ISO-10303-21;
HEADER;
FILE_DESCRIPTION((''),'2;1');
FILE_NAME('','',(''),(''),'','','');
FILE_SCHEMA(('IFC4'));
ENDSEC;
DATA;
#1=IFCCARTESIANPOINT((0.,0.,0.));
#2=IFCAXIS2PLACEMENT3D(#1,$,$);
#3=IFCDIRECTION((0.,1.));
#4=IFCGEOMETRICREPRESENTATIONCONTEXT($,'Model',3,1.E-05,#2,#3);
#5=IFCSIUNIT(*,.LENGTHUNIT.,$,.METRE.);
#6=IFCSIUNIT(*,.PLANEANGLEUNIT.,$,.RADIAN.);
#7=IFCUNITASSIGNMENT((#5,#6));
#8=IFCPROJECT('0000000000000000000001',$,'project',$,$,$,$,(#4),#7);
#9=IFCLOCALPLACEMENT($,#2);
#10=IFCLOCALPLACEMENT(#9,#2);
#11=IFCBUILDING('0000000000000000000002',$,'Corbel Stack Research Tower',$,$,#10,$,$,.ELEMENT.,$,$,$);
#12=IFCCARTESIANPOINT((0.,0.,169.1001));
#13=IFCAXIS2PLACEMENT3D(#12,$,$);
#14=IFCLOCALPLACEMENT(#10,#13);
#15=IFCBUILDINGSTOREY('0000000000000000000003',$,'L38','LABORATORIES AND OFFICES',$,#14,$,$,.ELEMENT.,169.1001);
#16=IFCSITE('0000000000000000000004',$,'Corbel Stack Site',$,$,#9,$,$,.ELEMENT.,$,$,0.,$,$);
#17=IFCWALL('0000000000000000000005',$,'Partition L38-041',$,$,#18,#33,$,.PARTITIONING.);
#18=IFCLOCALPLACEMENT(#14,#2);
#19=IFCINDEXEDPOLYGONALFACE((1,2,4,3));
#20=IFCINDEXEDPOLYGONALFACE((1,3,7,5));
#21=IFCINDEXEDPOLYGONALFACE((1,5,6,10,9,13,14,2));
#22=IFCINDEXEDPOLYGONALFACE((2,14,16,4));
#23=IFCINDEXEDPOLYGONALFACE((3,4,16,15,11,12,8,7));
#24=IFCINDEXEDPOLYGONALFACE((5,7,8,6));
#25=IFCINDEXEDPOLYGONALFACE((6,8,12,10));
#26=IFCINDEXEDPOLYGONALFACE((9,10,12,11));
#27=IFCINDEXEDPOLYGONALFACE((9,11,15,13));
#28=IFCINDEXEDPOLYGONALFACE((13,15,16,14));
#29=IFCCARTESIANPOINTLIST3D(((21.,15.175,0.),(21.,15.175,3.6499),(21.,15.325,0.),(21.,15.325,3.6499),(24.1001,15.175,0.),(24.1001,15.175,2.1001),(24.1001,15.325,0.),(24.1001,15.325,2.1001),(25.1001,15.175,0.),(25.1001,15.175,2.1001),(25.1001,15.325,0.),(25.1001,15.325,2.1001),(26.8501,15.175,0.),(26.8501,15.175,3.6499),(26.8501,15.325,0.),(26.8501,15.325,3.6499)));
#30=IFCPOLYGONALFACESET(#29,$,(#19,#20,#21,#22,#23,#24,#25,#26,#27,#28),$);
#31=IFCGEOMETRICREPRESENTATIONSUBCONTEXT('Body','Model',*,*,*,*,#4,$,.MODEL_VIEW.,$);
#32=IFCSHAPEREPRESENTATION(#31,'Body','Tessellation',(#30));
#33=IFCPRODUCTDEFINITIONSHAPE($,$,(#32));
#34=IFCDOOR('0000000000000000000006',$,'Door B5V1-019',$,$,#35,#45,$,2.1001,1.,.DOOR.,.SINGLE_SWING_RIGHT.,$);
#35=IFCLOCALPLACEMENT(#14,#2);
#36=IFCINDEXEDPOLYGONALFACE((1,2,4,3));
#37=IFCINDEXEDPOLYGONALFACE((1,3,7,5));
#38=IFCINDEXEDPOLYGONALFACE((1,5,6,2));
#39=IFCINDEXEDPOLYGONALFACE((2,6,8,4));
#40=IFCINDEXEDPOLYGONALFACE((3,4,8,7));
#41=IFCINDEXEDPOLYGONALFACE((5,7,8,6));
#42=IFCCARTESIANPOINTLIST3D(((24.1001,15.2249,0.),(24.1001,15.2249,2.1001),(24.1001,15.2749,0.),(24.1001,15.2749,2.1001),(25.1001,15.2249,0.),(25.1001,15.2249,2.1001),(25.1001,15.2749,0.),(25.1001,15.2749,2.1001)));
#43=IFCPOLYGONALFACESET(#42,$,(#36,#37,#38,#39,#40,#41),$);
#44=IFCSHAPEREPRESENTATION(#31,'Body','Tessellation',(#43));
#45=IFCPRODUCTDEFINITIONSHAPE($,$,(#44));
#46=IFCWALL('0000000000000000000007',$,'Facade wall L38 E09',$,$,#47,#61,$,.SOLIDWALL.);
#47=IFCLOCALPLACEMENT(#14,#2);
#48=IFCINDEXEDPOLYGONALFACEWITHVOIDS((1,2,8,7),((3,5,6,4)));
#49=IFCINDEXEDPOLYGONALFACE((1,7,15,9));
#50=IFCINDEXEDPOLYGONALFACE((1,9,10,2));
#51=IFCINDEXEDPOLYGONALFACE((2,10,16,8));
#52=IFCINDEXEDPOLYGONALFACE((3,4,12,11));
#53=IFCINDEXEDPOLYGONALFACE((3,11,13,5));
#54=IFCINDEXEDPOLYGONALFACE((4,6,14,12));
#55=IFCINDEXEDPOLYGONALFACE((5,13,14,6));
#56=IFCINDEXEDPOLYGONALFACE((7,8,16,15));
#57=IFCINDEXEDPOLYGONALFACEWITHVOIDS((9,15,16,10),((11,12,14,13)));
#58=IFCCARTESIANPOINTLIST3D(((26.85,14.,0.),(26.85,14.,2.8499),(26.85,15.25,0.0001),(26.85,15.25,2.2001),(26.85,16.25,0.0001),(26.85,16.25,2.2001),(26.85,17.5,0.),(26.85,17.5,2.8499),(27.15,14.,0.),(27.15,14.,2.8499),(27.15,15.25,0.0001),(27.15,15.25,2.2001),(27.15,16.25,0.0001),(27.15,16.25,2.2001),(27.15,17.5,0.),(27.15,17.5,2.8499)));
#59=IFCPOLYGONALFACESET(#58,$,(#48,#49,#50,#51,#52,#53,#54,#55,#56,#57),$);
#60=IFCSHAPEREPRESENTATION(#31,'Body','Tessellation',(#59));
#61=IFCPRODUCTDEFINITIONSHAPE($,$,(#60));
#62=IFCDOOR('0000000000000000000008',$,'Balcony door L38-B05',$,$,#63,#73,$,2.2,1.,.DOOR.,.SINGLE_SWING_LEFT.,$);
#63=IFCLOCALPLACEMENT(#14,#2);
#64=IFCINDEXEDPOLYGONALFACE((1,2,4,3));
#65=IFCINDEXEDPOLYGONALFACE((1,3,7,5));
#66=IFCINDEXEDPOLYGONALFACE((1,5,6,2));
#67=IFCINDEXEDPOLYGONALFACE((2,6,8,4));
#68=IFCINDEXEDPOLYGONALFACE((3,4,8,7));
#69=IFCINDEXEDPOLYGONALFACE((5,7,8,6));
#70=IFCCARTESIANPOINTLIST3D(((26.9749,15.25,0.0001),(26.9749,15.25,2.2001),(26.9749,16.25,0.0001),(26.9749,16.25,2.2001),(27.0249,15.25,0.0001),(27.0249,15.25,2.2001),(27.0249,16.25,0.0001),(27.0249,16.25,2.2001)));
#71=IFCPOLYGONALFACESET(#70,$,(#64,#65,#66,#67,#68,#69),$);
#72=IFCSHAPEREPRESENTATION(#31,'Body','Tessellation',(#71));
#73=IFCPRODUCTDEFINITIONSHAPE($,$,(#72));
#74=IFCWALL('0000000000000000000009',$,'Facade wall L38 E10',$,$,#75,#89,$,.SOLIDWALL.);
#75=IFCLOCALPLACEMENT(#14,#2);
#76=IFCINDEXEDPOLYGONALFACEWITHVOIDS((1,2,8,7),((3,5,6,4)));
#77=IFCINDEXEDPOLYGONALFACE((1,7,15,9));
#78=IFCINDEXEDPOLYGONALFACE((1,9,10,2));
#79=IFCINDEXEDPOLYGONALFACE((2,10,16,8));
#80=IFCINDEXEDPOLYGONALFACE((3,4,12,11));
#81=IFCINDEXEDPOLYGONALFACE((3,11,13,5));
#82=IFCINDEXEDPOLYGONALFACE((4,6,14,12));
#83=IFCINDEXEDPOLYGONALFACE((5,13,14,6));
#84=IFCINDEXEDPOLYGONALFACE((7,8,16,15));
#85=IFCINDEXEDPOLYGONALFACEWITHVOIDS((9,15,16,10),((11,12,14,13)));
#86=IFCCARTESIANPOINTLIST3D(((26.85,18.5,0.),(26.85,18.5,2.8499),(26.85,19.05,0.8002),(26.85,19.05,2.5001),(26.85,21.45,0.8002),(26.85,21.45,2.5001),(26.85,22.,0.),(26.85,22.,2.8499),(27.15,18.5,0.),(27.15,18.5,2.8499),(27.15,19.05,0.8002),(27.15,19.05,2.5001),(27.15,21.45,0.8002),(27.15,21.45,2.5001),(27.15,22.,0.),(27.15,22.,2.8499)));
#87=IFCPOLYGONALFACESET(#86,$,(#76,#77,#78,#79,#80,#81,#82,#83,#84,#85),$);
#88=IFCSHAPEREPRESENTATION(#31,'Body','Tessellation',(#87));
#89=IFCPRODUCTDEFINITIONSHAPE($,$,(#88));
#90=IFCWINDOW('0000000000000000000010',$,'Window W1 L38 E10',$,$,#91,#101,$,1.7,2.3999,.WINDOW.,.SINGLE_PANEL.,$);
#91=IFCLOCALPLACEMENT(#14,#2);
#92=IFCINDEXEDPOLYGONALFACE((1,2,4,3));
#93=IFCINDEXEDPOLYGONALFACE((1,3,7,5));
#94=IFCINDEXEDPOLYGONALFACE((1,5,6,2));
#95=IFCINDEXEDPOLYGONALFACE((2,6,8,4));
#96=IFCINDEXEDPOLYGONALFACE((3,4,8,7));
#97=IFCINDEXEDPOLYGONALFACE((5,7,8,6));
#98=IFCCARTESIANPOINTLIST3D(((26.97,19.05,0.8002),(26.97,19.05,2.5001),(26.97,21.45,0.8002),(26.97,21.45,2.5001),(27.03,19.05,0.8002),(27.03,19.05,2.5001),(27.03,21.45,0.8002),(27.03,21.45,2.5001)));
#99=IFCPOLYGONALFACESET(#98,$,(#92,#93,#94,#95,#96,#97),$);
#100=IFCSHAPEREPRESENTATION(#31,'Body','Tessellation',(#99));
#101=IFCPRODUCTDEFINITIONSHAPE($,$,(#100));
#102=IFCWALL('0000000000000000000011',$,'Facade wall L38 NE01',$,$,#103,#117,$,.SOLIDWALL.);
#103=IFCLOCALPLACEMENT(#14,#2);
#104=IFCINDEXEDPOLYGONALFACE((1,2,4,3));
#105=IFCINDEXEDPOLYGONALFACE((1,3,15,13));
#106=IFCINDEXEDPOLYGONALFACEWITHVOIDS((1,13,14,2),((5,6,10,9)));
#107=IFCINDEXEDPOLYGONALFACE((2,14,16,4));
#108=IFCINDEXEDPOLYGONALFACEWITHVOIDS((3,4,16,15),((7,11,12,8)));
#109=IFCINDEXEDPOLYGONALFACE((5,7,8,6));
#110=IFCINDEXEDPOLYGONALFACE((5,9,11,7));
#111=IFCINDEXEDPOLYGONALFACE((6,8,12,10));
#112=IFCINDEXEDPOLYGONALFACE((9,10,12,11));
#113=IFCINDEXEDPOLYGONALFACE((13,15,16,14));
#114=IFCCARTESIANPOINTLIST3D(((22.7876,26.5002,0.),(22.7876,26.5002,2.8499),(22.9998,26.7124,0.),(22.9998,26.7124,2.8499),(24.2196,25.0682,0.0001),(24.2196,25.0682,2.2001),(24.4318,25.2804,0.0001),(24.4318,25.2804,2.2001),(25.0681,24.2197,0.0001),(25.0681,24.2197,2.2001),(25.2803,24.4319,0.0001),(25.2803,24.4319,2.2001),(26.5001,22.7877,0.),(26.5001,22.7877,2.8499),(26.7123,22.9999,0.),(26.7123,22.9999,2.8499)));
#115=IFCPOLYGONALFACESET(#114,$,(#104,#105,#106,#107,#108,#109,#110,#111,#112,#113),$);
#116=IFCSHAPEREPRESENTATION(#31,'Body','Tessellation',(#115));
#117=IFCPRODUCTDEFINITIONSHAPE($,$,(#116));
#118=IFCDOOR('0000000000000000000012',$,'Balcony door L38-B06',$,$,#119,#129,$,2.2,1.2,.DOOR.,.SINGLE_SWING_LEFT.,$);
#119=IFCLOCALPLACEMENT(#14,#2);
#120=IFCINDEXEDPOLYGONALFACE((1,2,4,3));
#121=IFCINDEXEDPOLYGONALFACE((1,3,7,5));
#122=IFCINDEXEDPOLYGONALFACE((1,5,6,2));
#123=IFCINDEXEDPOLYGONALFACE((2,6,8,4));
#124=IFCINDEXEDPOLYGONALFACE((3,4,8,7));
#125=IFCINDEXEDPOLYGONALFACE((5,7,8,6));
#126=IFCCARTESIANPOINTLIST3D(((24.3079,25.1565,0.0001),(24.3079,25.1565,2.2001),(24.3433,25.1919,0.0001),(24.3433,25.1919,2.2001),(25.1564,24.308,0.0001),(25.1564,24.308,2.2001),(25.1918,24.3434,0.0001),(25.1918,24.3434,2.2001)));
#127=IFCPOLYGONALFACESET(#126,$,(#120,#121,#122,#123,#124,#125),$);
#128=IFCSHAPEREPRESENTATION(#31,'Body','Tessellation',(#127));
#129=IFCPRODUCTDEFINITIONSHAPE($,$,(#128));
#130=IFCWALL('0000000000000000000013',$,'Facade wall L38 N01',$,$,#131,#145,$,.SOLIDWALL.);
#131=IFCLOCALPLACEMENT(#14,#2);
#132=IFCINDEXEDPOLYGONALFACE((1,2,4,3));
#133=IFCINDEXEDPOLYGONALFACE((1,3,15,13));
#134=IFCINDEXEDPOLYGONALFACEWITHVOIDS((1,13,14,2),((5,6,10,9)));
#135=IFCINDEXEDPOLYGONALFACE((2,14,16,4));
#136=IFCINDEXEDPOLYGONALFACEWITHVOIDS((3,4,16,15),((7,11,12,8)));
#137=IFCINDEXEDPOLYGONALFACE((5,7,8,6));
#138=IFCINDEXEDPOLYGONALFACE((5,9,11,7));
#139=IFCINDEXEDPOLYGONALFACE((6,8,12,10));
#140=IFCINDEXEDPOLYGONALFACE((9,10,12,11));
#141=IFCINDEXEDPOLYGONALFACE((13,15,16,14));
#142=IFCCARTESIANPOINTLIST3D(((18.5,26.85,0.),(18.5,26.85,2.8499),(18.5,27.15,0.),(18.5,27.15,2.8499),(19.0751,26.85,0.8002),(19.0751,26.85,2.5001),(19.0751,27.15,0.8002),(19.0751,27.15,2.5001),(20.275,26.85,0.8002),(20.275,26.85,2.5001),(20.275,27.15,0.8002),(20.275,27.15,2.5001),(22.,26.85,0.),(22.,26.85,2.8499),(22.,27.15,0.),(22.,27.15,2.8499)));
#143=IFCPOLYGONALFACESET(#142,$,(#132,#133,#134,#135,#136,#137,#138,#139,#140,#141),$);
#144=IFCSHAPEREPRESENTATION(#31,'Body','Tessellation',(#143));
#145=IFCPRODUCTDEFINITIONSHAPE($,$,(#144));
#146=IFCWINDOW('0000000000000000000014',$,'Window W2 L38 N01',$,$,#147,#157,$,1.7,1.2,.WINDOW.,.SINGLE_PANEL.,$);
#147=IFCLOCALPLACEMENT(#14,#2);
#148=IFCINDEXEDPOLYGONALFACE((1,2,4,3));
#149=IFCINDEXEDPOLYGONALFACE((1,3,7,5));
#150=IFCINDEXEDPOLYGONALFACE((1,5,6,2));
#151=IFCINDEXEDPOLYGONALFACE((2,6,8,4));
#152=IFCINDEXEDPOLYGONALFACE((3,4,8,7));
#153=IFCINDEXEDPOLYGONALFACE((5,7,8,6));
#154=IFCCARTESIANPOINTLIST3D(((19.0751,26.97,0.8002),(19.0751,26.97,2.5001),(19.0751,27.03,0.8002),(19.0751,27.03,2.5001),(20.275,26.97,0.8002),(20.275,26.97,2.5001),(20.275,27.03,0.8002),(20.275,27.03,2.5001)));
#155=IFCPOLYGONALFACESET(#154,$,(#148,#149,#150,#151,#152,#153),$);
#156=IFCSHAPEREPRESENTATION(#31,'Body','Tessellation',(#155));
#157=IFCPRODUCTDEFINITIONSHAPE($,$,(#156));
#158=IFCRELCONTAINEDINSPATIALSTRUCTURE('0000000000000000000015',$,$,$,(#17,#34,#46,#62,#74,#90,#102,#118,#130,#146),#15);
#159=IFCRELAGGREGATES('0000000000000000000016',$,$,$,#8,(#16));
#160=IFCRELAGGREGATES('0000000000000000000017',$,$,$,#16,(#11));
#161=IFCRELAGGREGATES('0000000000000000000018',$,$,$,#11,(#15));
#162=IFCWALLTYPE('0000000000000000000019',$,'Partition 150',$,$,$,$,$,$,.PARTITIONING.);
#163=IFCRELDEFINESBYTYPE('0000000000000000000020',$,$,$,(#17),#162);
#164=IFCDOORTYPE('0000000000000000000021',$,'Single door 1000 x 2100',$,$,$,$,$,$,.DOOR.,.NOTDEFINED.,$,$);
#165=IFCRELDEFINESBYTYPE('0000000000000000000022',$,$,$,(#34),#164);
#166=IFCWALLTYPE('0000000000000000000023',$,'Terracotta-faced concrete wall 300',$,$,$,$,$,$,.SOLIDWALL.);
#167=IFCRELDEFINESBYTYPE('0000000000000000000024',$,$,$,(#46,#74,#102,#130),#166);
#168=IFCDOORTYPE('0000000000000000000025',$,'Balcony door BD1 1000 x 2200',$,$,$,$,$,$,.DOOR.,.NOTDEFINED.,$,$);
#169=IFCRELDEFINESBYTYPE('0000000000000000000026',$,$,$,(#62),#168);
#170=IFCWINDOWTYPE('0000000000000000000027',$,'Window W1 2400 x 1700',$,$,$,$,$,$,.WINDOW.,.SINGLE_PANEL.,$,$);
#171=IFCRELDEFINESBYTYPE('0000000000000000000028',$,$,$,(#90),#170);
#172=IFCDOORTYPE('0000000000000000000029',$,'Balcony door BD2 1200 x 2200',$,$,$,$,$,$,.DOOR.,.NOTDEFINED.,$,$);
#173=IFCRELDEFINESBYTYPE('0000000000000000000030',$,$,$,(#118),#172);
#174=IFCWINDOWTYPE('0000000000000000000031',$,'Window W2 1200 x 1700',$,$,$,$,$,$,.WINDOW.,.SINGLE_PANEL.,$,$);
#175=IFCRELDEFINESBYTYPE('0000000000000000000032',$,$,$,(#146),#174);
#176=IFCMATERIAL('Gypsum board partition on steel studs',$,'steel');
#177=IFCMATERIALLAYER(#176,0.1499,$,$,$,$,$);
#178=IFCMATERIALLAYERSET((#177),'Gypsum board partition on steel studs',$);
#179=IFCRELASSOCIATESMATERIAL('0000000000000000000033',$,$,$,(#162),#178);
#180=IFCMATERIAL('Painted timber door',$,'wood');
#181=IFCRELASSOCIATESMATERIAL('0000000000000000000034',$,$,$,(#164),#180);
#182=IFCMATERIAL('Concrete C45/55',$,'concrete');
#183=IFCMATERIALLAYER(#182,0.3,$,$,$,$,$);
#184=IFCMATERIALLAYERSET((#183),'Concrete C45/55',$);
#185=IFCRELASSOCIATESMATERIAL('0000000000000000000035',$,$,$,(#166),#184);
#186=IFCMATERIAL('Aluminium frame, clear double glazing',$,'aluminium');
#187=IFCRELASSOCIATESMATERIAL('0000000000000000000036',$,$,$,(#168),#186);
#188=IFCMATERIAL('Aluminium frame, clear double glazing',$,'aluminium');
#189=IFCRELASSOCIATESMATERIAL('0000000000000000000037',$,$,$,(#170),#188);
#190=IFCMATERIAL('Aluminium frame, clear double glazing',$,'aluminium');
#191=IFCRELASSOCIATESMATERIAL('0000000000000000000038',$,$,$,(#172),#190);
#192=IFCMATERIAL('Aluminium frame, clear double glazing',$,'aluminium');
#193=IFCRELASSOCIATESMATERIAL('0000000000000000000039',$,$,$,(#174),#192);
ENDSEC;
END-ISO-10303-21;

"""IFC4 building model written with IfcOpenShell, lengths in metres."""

from ifc_helpers import new_model, si_unit, direction, frame, frame_2d, origin, place, context, subcontext, project, spatial, rectangle, extrude, material, layer, layer_set, type_object, element, fill, save


model = new_model("IFC4")

# Units and contexts
model_context = context("Model", 3, precision=1e-05, world=origin(), true_north=direction((0.0, 1.0)))
body_context = subcontext(model_context, "Body", "Model", "MODEL_VIEW")
ifc_project = project(units=[si_unit("LENGTHUNIT", "METRE"), si_unit("PLANEANGLEUNIT", "RADIAN")], contexts=[model_context])

# Site, building, storey
site_placement = place(None, origin())
site = spatial("IfcSite", under=ifc_project, at=site_placement, Name="Corbel Stack Site", CompositionType="ELEMENT", RefElevation=0.0)
building_placement = place(site_placement, origin())
building = spatial("IfcBuilding", under=site, at=building_placement, Name="Corbel Stack Research Tower", CompositionType="ELEMENT")
storey_placement = place(building_placement, frame((0.0, 0.0, 169.1001)))
storey = spatial("IfcBuildingStorey", under=building, at=storey_placement, Name="L38", Description="LABORATORIES AND OFFICES", CompositionType="ELEMENT", Elevation=169.1001)

# Walls, openings, doors
ifc_material_1 = material(Name="Gypsum board partition on steel studs", Category="steel")
ifc_layer_1 = layer(ifc_material_1, 0.1499)
ifc_layer_set_1 = layer_set([ifc_layer_1], Name="Gypsum board partition on steel studs")
wall_type_1 = type_object("IfcWallType", Name="Partition 150", PredefinedType="PARTITIONING", material=ifc_layer_set_1)
wall_1_placement = place(storey_placement, frame((21.0, 15.25, 0.0), z_axis=(0.0, 0.0, 1.0), x_axis=(1.0, 0.0, 0.0)))
wall_1 = element("IfcWall", 1, at=wall_1_placement, inside=storey, type_object=wall_type_1, Name="Partition L38-041", PredefinedType="PARTITIONING", context=body_context, shape_type="SweptSolid", body=[
    extrude(rectangle(XDim=5.8501, YDim=0.1499, at=frame_2d((2.925, 0.0))), origin(), (0.0, 0.0, 1.0), 3.6499),
])
opening_1_placement = place(wall_1_placement, frame((3.1001, 0.0, 0.0)))
opening_1 = element("IfcOpeningElement", 2, at=opening_1_placement, cuts=wall_1, PredefinedType="OPENING", context=body_context, shape_type="SweptSolid", body=[
    extrude(rectangle(XDim=1.0, YDim=2.1001, at=frame_2d((0.5, 1.05))), frame((0.0, 0.085, 0.0), z_axis=(0.0, -1.0, 0.0), x_axis=(1.0, 0.0, 0.0)), (0.0, 0.0, 1.0), 0.1699),
])
ifc_material_2 = material(Name="Painted timber door", Category="wood")
door_type_1 = type_object("IfcDoorType", Name="Single door 1000 x 2100", OperationType="NOTDEFINED", PredefinedType="DOOR", material=ifc_material_2)
door_1_placement = place(opening_1_placement, origin())
door_1 = element("IfcDoor", 3, at=door_1_placement, inside=storey, type_object=door_type_1, Name="Door B5V1-019", OperationType="SINGLE_SWING_RIGHT", OverallHeight=2.1001, OverallWidth=1.0, PredefinedType="DOOR", context=body_context, shape_type="SweptSolid", body=[
    extrude(rectangle(XDim=1.0, YDim=2.1001, at=frame_2d((0.5, 1.05))), frame((0.0, 0.0249, 0.0), z_axis=(0.0, -1.0, 0.0), x_axis=(1.0, 0.0, 0.0)), (0.0, 0.0, 1.0), 0.05),
])
fill(opening_1, door_1)
ifc_material_3 = material(Name="Concrete C45/55", Category="concrete")
ifc_layer_2 = layer(ifc_material_3, 0.3)
ifc_layer_set_2 = layer_set([ifc_layer_2], Name="Concrete C45/55")
wall_type_2 = type_object("IfcWallType", Name="Terracotta-faced concrete wall 300", PredefinedType="SOLIDWALL", material=ifc_layer_set_2)
wall_2_placement = place(storey_placement, frame((27.0, 17.5, 0.0), z_axis=(0.0, 0.0, 1.0), x_axis=(0.0, -1.0, 0.0)))
wall_2 = element("IfcWall", 4, at=wall_2_placement, inside=storey, type_object=wall_type_2, Name="Facade wall L38 E09", PredefinedType="SOLIDWALL", context=body_context, shape_type="SweptSolid", body=[
    extrude(rectangle(XDim=3.5, YDim=0.3, at=frame_2d((1.75, 0.0))), origin(), (0.0, 0.0, 1.0), 2.8499),
])
opening_2_placement = place(wall_2_placement, frame((1.25, 0.0, 0.0)))
opening_2 = element("IfcOpeningElement", 5, at=opening_2_placement, cuts=wall_2, PredefinedType="OPENING", context=body_context, shape_type="SweptSolid", body=[
    extrude(rectangle(XDim=1.0, YDim=2.2, at=frame_2d((0.5, 1.1001))), frame((0.0, 0.1599, 0.0), z_axis=(0.0, -1.0, 0.0), x_axis=(1.0, 0.0, 0.0)), (0.0, 0.0, 1.0), 0.3201),
])
ifc_material_4 = material(Name="Aluminium frame, clear double glazing", Category="aluminium")
door_type_2 = type_object("IfcDoorType", Name="Balcony door BD1 1000 x 2200", OperationType="NOTDEFINED", PredefinedType="DOOR", material=ifc_material_4)
door_2_placement = place(opening_2_placement, origin())
door_2 = element("IfcDoor", 6, at=door_2_placement, inside=storey, type_object=door_type_2, Name="Balcony door L38-B05", OperationType="SINGLE_SWING_LEFT", OverallHeight=2.2, OverallWidth=1.0, PredefinedType="DOOR", context=body_context, shape_type="SweptSolid", body=[
    extrude(rectangle(XDim=1.0, YDim=2.2, at=frame_2d((0.5, 1.1001))), frame((0.0, 0.0249, 0.0), z_axis=(0.0, -1.0, 0.0), x_axis=(1.0, 0.0, 0.0)), (0.0, 0.0, 1.0), 0.05),
])
fill(opening_2, door_2)

# Wall, opening, window
wall_3_placement = place(storey_placement, frame((27.0, 22.0, 0.0), z_axis=(0.0, 0.0, 1.0), x_axis=(0.0, -1.0, 0.0)))
wall_3 = element("IfcWall", 7, at=wall_3_placement, inside=storey, type_object=wall_type_2, Name="Facade wall L38 E10", PredefinedType="SOLIDWALL", context=body_context, shape_type="SweptSolid", body=[
    extrude(rectangle(XDim=3.5, YDim=0.3, at=frame_2d((1.75, 0.0))), origin(), (0.0, 0.0, 1.0), 2.8499),
])
opening_3_placement = place(wall_3_placement, frame((0.55, 0.0, 0.8)))
opening_3 = element("IfcOpeningElement", 8, at=opening_3_placement, cuts=wall_3, PredefinedType="OPENING", context=body_context, shape_type="SweptSolid", body=[
    extrude(rectangle(XDim=2.3999, YDim=1.7, at=frame_2d((1.2, 0.8501))), frame((0.0, 0.1599, 0.0), z_axis=(0.0, -1.0, 0.0), x_axis=(1.0, 0.0, 0.0)), (0.0, 0.0, 1.0), 0.3201),
])
ifc_material_5 = material(Name="Aluminium frame, clear double glazing", Category="aluminium")
window_type_1 = type_object("IfcWindowType", Name="Window W1 2400 x 1700", PartitioningType="SINGLE_PANEL", PredefinedType="WINDOW", material=ifc_material_5)
window_1_placement = place(opening_3_placement, origin())
window_1 = element("IfcWindow", 9, at=window_1_placement, inside=storey, type_object=window_type_1, Name="Window W1 L38 E10", OverallHeight=1.7, OverallWidth=2.3999, PartitioningType="SINGLE_PANEL", PredefinedType="WINDOW", context=body_context, shape_type="SweptSolid", body=[
    extrude(rectangle(XDim=2.3999, YDim=1.7, at=frame_2d((1.2, 0.8501))), frame((0.0, 0.03, 0.0), z_axis=(0.0, -1.0, 0.0), x_axis=(1.0, 0.0, 0.0)), (0.0, 0.0, 1.0), 0.0601),
])
fill(opening_3, window_1)

# Wall, opening, door
wall_4_placement = place(storey_placement, frame((22.8938, 26.6062, 0.0), z_axis=(0.0, 0.0, 1.0), x_axis=(0.707107, -0.707107, 0.0)))
wall_4 = element("IfcWall", 10, at=wall_4_placement, inside=storey, type_object=wall_type_2, Name="Facade wall L38 NE01", PredefinedType="SOLIDWALL", context=body_context, shape_type="SweptSolid", body=[
    extrude(rectangle(XDim=5.2502, YDim=0.3, at=frame_2d((2.625, 0.0))), origin(), (0.0, 0.0, 1.0), 2.8499),
])
opening_4_placement = place(wall_4_placement, frame((2.0249, 0.0, 0.0)))
opening_4 = element("IfcOpeningElement", 11, at=opening_4_placement, cuts=wall_4, PredefinedType="OPENING", context=body_context, shape_type="SweptSolid", body=[
    extrude(rectangle(XDim=1.2, YDim=2.2, at=frame_2d((0.6001, 1.1001))), frame((0.0, 0.1599, 0.0), z_axis=(0.0, -1.0, 0.0), x_axis=(1.0, 0.0, 0.0)), (0.0, 0.0, 1.0), 0.3201),
])
ifc_material_6 = material(Name="Aluminium frame, clear double glazing", Category="aluminium")
door_type_3 = type_object("IfcDoorType", Name="Balcony door BD2 1200 x 2200", OperationType="NOTDEFINED", PredefinedType="DOOR", material=ifc_material_6)
door_3_placement = place(opening_4_placement, origin())
door_3 = element("IfcDoor", 12, at=door_3_placement, inside=storey, type_object=door_type_3, Name="Balcony door L38-B06", OperationType="SINGLE_SWING_LEFT", OverallHeight=2.2, OverallWidth=1.2, PredefinedType="DOOR", context=body_context, shape_type="SweptSolid", body=[
    extrude(rectangle(XDim=1.2, YDim=2.2, at=frame_2d((0.6001, 1.1001))), frame((0.0, 0.0249, 0.0), z_axis=(0.0, -1.0, 0.0), x_axis=(1.0, 0.0, 0.0)), (0.0, 0.0, 1.0), 0.05),
])
fill(opening_4, door_3)

# Wall, opening, window
wall_5_placement = place(storey_placement, frame((18.5, 27.0, 0.0), z_axis=(0.0, 0.0, 1.0), x_axis=(1.0, 0.0, 0.0)))
wall_5 = element("IfcWall", 13, at=wall_5_placement, inside=storey, type_object=wall_type_2, Name="Facade wall L38 N01", PredefinedType="SOLIDWALL", context=body_context, shape_type="SweptSolid", body=[
    extrude(rectangle(XDim=3.5, YDim=0.3, at=frame_2d((1.75, 0.0))), origin(), (0.0, 0.0, 1.0), 2.8499),
])
opening_5_placement = place(wall_5_placement, frame((0.575, 0.0, 0.8)))
opening_5 = element("IfcOpeningElement", 14, at=opening_5_placement, cuts=wall_5, PredefinedType="OPENING", context=body_context, shape_type="SweptSolid", body=[
    extrude(rectangle(XDim=1.2, YDim=1.7, at=frame_2d((0.6001, 0.8501))), frame((0.0, 0.1599, 0.0), z_axis=(0.0, -1.0, 0.0), x_axis=(1.0, 0.0, 0.0)), (0.0, 0.0, 1.0), 0.3201),
])
ifc_material_7 = material(Name="Aluminium frame, clear double glazing", Category="aluminium")
window_type_2 = type_object("IfcWindowType", Name="Window W2 1200 x 1700", PartitioningType="SINGLE_PANEL", PredefinedType="WINDOW", material=ifc_material_7)
window_2_placement = place(opening_5_placement, origin())
window_2 = element("IfcWindow", 15, at=window_2_placement, inside=storey, type_object=window_type_2, Name="Window W2 L38 N01", OverallHeight=1.7, OverallWidth=1.2, PartitioningType="SINGLE_PANEL", PredefinedType="WINDOW", context=body_context, shape_type="SweptSolid", body=[
    extrude(rectangle(XDim=1.2, YDim=1.7, at=frame_2d((0.6001, 0.8501))), frame((0.0, 0.03, 0.0), z_axis=(0.0, -1.0, 0.0), x_axis=(1.0, 0.0, 0.0)), (0.0, 0.0, 1.0), 0.0601),
])
fill(opening_5, window_2)

save(model, "model.ifc")
